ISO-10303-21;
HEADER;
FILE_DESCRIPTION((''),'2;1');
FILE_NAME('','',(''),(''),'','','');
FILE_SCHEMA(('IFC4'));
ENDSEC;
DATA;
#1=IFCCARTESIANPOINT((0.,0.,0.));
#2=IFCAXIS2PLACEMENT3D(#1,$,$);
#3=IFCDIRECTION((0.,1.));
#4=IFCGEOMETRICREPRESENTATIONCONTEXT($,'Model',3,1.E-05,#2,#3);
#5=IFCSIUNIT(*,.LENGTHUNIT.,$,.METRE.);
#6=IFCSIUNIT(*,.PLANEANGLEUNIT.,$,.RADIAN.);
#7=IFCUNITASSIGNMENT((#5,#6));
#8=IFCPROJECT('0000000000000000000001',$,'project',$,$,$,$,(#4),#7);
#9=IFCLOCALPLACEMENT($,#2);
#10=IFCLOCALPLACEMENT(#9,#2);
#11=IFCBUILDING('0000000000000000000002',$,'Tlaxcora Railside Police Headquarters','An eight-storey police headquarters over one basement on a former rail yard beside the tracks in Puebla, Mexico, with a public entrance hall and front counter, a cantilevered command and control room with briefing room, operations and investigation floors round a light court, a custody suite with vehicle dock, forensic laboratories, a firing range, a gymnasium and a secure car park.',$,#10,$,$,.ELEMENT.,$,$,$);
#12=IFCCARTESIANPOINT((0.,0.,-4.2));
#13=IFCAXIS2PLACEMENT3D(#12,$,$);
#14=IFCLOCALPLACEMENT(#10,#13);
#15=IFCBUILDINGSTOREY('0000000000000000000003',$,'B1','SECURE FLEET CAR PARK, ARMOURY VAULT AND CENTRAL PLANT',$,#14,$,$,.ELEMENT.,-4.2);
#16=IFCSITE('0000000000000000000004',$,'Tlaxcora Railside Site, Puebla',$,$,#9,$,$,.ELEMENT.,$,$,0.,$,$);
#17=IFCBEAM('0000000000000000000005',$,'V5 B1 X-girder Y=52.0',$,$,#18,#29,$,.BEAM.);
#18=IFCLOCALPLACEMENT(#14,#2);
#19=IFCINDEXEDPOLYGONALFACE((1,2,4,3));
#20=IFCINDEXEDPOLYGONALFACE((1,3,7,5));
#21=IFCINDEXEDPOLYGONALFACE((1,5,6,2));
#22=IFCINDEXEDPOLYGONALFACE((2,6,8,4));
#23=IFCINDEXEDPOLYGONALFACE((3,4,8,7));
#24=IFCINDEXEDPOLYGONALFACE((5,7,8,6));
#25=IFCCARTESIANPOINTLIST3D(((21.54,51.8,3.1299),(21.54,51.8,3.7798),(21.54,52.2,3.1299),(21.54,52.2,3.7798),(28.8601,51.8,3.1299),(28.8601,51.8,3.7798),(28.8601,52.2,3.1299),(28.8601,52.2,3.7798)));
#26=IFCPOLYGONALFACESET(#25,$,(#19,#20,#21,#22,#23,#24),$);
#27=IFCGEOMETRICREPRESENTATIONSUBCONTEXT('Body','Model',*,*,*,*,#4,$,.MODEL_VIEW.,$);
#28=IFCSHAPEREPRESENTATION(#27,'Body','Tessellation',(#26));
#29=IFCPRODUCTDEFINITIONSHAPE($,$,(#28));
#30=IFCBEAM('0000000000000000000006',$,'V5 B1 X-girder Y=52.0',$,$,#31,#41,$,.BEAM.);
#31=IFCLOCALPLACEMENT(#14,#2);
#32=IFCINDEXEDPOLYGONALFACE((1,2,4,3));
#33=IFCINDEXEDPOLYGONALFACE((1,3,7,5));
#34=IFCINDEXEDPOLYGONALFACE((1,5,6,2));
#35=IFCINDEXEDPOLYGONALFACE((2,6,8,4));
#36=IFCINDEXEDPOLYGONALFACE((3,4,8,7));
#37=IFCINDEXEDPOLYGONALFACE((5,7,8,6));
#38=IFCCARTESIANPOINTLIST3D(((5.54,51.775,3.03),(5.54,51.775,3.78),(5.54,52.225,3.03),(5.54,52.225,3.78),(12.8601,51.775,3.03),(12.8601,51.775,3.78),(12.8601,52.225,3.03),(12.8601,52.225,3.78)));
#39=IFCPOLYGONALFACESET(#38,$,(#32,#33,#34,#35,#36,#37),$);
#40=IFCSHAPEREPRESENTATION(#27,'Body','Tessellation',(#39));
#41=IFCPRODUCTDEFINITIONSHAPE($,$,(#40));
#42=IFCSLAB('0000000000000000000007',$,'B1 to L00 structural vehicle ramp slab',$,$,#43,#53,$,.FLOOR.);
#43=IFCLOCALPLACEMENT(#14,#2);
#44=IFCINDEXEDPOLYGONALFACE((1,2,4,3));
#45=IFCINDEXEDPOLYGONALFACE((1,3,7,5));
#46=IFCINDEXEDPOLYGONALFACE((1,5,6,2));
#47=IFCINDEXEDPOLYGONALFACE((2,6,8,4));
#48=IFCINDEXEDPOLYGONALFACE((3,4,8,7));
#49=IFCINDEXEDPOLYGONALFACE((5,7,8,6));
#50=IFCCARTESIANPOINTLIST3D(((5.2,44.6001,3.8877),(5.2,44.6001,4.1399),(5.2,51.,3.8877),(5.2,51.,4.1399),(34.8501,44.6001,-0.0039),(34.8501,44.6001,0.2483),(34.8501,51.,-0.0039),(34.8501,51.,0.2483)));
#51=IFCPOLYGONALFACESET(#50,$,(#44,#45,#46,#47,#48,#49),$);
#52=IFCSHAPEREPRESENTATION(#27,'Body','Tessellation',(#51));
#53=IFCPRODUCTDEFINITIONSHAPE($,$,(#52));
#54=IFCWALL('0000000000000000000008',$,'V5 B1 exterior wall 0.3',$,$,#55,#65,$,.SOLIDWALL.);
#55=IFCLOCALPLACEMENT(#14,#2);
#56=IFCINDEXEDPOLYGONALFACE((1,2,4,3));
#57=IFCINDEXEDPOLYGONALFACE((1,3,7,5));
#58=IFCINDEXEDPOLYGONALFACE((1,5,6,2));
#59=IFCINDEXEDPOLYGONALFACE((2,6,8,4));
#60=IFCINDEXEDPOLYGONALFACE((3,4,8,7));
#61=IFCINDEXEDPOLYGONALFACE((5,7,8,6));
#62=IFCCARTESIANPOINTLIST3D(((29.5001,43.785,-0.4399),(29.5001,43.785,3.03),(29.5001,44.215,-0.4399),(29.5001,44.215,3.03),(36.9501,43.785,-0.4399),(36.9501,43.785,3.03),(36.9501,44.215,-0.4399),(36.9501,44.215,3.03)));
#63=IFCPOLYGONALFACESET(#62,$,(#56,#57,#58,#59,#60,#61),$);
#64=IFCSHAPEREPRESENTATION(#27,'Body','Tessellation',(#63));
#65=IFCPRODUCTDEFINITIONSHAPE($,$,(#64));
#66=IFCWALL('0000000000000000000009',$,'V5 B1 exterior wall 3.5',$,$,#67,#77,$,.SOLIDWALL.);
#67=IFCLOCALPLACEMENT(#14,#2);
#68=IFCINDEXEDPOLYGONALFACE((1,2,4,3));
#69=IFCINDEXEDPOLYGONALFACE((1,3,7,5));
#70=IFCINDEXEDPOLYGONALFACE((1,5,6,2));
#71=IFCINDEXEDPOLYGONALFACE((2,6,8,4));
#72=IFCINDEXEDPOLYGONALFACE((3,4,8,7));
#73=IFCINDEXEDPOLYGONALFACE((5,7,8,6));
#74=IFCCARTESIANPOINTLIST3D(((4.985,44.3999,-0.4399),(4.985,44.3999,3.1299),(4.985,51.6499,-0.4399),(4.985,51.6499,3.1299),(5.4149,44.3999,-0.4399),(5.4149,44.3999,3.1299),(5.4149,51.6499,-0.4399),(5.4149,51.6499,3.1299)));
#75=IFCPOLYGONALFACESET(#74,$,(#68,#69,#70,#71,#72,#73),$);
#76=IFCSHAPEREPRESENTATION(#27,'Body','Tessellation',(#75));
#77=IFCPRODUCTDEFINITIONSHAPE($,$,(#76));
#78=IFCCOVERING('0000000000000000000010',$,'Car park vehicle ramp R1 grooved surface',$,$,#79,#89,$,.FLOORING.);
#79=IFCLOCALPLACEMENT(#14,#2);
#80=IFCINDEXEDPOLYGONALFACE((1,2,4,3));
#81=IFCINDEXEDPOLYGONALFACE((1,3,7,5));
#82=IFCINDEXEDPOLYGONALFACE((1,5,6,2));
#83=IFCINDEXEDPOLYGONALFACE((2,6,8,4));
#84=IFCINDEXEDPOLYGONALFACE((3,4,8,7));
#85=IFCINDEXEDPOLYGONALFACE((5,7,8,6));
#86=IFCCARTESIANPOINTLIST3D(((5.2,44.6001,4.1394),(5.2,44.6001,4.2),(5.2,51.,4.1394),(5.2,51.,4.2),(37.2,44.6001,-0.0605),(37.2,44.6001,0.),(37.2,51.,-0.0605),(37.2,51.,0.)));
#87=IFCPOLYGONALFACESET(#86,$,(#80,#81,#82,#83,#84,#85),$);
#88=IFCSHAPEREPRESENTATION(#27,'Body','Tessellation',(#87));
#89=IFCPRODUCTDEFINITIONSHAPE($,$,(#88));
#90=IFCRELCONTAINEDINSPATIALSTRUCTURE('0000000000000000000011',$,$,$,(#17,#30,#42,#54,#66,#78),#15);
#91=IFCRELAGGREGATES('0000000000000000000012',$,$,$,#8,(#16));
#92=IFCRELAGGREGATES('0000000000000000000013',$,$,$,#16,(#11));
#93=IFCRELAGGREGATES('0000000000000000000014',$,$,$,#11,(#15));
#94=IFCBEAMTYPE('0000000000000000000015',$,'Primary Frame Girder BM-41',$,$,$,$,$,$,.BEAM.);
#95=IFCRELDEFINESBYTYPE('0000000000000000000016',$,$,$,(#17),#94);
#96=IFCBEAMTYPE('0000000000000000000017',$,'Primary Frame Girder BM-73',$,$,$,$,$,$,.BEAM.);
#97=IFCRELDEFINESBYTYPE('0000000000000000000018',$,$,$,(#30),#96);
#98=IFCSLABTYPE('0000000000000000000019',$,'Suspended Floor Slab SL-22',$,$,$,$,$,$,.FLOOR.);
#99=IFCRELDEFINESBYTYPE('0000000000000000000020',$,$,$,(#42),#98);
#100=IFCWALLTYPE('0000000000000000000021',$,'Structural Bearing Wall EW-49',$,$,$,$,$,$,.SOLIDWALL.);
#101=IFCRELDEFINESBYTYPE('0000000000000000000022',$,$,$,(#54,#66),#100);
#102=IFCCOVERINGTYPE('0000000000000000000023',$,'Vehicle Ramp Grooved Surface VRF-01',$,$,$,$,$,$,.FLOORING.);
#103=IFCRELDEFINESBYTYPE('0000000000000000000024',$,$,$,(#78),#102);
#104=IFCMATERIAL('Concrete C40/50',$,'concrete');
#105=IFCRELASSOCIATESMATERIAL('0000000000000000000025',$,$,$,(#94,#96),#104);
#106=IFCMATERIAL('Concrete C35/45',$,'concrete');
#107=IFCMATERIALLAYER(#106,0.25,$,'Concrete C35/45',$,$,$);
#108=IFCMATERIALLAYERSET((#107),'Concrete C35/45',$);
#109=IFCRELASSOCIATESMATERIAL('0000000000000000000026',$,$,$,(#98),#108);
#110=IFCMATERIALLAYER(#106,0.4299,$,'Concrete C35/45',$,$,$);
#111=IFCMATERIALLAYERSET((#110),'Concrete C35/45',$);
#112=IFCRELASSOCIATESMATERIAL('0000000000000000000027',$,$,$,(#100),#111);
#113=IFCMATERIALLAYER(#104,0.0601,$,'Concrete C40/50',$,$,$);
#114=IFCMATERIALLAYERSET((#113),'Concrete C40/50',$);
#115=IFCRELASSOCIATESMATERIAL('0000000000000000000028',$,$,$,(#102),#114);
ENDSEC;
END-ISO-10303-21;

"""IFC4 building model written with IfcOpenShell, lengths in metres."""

from ifc_helpers import new_model, si_unit, direction, frame, frame_2d, origin, origin_2d, place, context, subcontext, project, spatial, polyline, rectangle, outline, extrude, material, layer, layer_set, material_profile, profile_set, type_object, element, save


model = new_model("IFC4")

# Units and contexts
model_context = context("Model", 3, precision=1e-05, world=origin(), true_north=direction((0.0, 1.0)))
body_context = subcontext(model_context, "Body", "Model", "MODEL_VIEW")
ifc_project = project(units=[si_unit("LENGTHUNIT", "METRE"), si_unit("PLANEANGLEUNIT", "RADIAN")], contexts=[model_context])

# Site, building, storey
site_placement = place(None, origin())
site = spatial("IfcSite", under=ifc_project, at=site_placement, Name="Tlaxcora Railside Site, Puebla", CompositionType="ELEMENT", RefElevation=0.0)
building_placement = place(site_placement, origin())
building = spatial("IfcBuilding", under=site, at=building_placement, Name="Tlaxcora Railside Police Headquarters", Description="An eight-storey police headquarters over one basement on a former rail yard beside the tracks in Puebla, Mexico, with a public entrance hall and front counter, a cantilevered command and control room with briefing room, operations and investigation floors round a light court, a custody suite with vehicle dock, forensic laboratories, a firing range, a gymnasium and a secure car park.", CompositionType="ELEMENT")
storey_placement = place(building_placement, frame((0.0, 0.0, -4.2)))
storey = spatial("IfcBuildingStorey", under=building, at=storey_placement, Name="B1", Description="SECURE FLEET CAR PARK, ARMOURY VAULT AND CENTRAL PLANT", CompositionType="ELEMENT", Elevation=-4.2)

# Shared definitions
ifc_material_1 = material(Name="Concrete C35/45", Category="concrete")

# Shared definitions
ifc_material_2 = material(Name="Concrete C40/50", Category="concrete")

# Beams
ifc_material_profile_1 = material_profile(ifc_material_2, rectangle(XDim=0.3999, YDim=0.6499, at=origin_2d()), Name="RC400X650")
ifc_profile_set_1 = profile_set([ifc_material_profile_1], Name="Concrete C40/50")
beam_type_1 = type_object("IfcBeamType", Name="Primary Frame Girder BM-41", PredefinedType="BEAM", material=ifc_profile_set_1)
beam_1_placement = place(storey_placement, frame((21.54, 52.0, 3.4548), z_axis=(1.0, 0.0, 0.0), x_axis=(0.0, 1.0, 0.0)))
element("IfcBeam", 1, at=beam_1_placement, inside=storey, type_object=beam_type_1, Name="V5 B1 X-girder Y=52.0", PredefinedType="BEAM", context=body_context, shape_type="SweptSolid", body=[
    extrude(rectangle(XDim=0.3999, YDim=0.6499, at=origin_2d()), origin(), (0.0, 0.0, 1.0), 7.3201),
])
ifc_material_profile_2 = material_profile(ifc_material_2, rectangle(XDim=0.45, YDim=0.75, at=origin_2d()), Name="RC450X750")
ifc_profile_set_2 = profile_set([ifc_material_profile_2], Name="Concrete C40/50")
beam_type_2 = type_object("IfcBeamType", Name="Primary Frame Girder BM-73", PredefinedType="BEAM", material=ifc_profile_set_2)
beam_2_placement = place(storey_placement, frame((5.54, 52.0, 3.405), z_axis=(1.0, 0.0, 0.0), x_axis=(0.0, 1.0, 0.0)))
element("IfcBeam", 2, at=beam_2_placement, inside=storey, type_object=beam_type_2, Name="V5 B1 X-girder Y=52.0", PredefinedType="BEAM", context=body_context, shape_type="SweptSolid", body=[
    extrude(rectangle(XDim=0.45, YDim=0.75, at=origin_2d()), origin(), (0.0, 0.0, 1.0), 7.3201),
])

# Slab
ifc_layer_1 = layer(ifc_material_1, 0.25, Name="Concrete C35/45")
ifc_layer_set_1 = layer_set([ifc_layer_1], Name="Concrete C35/45")
slab_type = type_object("IfcSlabType", Name="Suspended Floor Slab SL-22", PredefinedType="FLOOR", material=ifc_layer_set_1)
slab_placement = place(storey_placement, frame((5.2, 51.0, 0.0), z_axis=(0.0, -1.0, 0.0), x_axis=(1.0, 0.0, 0.0)))
element("IfcSlab", 3, at=slab_placement, inside=storey, type_object=slab_type, Name="B1 to L00 structural vehicle ramp slab", PredefinedType="FLOOR", context=body_context, shape_type="SweptSolid", body=[
    extrude(outline(polyline([(0.0, 3.8877), (29.6501, -0.0039), (29.6501, 0.2483), (0.0, 4.1399), (0.0, 3.8877)])), origin(), (0.0, 0.0, 1.0), 6.3999),
])

# Walls
ifc_layer_2 = layer(ifc_material_1, 0.4299, Name="Concrete C35/45")
ifc_layer_set_2 = layer_set([ifc_layer_2], Name="Concrete C35/45")
wall_type = type_object("IfcWallType", Name="Structural Bearing Wall EW-49", PredefinedType="SOLIDWALL", material=ifc_layer_set_2)
wall_1_placement = place(storey_placement, frame((29.5, 44.0, -0.4399), z_axis=(0.0, 0.0, 1.0), x_axis=(1.0, 0.0, 0.0)))
element("IfcWall", 4, at=wall_1_placement, inside=storey, type_object=wall_type, Name="V5 B1 exterior wall 0.3", PredefinedType="SOLIDWALL", context=body_context, shape_type="SweptSolid", body=[
    extrude(rectangle(XDim=7.45, YDim=0.4299, at=frame_2d((3.7251, 0.0))), origin(), (0.0, 0.0, 1.0), 3.47),
])
wall_2_placement = place(storey_placement, frame((5.2, 51.6499, -0.4399), z_axis=(0.0, 0.0, 1.0), x_axis=(0.0, -1.0, 0.0)))
element("IfcWall", 5, at=wall_2_placement, inside=storey, type_object=wall_type, Name="V5 B1 exterior wall 3.5", PredefinedType="SOLIDWALL", context=body_context, shape_type="SweptSolid", body=[
    extrude(rectangle(XDim=7.25, YDim=0.4299, at=frame_2d((3.625, 0.0))), origin(), (0.0, 0.0, 1.0), 3.5698),
])

# Covering
ifc_layer_3 = layer(ifc_material_2, 0.0601, Name="Concrete C40/50")
ifc_layer_set_3 = layer_set([ifc_layer_3], Name="Concrete C40/50")
covering_type = type_object("IfcCoveringType", Name="Vehicle Ramp Grooved Surface VRF-01", PredefinedType="FLOORING", material=ifc_layer_set_3)
covering_placement = place(storey_placement, frame((5.2, 51.0, 0.0), z_axis=(0.0, -1.0, 0.0), x_axis=(1.0, 0.0, 0.0)))
element("IfcCovering", 6, at=covering_placement, inside=storey, type_object=covering_type, Name="Car park vehicle ramp R1 grooved surface", PredefinedType="FLOORING", context=body_context, shape_type="SweptSolid", body=[
    extrude(outline(polyline([(0.0, 4.1394), (32.0, -0.0605), (32.0, 0.0), (0.0, 4.2), (0.0, 4.1394)])), origin(), (0.0, 0.0, 1.0), 6.3999),
])

save(model, "model.ifc")
